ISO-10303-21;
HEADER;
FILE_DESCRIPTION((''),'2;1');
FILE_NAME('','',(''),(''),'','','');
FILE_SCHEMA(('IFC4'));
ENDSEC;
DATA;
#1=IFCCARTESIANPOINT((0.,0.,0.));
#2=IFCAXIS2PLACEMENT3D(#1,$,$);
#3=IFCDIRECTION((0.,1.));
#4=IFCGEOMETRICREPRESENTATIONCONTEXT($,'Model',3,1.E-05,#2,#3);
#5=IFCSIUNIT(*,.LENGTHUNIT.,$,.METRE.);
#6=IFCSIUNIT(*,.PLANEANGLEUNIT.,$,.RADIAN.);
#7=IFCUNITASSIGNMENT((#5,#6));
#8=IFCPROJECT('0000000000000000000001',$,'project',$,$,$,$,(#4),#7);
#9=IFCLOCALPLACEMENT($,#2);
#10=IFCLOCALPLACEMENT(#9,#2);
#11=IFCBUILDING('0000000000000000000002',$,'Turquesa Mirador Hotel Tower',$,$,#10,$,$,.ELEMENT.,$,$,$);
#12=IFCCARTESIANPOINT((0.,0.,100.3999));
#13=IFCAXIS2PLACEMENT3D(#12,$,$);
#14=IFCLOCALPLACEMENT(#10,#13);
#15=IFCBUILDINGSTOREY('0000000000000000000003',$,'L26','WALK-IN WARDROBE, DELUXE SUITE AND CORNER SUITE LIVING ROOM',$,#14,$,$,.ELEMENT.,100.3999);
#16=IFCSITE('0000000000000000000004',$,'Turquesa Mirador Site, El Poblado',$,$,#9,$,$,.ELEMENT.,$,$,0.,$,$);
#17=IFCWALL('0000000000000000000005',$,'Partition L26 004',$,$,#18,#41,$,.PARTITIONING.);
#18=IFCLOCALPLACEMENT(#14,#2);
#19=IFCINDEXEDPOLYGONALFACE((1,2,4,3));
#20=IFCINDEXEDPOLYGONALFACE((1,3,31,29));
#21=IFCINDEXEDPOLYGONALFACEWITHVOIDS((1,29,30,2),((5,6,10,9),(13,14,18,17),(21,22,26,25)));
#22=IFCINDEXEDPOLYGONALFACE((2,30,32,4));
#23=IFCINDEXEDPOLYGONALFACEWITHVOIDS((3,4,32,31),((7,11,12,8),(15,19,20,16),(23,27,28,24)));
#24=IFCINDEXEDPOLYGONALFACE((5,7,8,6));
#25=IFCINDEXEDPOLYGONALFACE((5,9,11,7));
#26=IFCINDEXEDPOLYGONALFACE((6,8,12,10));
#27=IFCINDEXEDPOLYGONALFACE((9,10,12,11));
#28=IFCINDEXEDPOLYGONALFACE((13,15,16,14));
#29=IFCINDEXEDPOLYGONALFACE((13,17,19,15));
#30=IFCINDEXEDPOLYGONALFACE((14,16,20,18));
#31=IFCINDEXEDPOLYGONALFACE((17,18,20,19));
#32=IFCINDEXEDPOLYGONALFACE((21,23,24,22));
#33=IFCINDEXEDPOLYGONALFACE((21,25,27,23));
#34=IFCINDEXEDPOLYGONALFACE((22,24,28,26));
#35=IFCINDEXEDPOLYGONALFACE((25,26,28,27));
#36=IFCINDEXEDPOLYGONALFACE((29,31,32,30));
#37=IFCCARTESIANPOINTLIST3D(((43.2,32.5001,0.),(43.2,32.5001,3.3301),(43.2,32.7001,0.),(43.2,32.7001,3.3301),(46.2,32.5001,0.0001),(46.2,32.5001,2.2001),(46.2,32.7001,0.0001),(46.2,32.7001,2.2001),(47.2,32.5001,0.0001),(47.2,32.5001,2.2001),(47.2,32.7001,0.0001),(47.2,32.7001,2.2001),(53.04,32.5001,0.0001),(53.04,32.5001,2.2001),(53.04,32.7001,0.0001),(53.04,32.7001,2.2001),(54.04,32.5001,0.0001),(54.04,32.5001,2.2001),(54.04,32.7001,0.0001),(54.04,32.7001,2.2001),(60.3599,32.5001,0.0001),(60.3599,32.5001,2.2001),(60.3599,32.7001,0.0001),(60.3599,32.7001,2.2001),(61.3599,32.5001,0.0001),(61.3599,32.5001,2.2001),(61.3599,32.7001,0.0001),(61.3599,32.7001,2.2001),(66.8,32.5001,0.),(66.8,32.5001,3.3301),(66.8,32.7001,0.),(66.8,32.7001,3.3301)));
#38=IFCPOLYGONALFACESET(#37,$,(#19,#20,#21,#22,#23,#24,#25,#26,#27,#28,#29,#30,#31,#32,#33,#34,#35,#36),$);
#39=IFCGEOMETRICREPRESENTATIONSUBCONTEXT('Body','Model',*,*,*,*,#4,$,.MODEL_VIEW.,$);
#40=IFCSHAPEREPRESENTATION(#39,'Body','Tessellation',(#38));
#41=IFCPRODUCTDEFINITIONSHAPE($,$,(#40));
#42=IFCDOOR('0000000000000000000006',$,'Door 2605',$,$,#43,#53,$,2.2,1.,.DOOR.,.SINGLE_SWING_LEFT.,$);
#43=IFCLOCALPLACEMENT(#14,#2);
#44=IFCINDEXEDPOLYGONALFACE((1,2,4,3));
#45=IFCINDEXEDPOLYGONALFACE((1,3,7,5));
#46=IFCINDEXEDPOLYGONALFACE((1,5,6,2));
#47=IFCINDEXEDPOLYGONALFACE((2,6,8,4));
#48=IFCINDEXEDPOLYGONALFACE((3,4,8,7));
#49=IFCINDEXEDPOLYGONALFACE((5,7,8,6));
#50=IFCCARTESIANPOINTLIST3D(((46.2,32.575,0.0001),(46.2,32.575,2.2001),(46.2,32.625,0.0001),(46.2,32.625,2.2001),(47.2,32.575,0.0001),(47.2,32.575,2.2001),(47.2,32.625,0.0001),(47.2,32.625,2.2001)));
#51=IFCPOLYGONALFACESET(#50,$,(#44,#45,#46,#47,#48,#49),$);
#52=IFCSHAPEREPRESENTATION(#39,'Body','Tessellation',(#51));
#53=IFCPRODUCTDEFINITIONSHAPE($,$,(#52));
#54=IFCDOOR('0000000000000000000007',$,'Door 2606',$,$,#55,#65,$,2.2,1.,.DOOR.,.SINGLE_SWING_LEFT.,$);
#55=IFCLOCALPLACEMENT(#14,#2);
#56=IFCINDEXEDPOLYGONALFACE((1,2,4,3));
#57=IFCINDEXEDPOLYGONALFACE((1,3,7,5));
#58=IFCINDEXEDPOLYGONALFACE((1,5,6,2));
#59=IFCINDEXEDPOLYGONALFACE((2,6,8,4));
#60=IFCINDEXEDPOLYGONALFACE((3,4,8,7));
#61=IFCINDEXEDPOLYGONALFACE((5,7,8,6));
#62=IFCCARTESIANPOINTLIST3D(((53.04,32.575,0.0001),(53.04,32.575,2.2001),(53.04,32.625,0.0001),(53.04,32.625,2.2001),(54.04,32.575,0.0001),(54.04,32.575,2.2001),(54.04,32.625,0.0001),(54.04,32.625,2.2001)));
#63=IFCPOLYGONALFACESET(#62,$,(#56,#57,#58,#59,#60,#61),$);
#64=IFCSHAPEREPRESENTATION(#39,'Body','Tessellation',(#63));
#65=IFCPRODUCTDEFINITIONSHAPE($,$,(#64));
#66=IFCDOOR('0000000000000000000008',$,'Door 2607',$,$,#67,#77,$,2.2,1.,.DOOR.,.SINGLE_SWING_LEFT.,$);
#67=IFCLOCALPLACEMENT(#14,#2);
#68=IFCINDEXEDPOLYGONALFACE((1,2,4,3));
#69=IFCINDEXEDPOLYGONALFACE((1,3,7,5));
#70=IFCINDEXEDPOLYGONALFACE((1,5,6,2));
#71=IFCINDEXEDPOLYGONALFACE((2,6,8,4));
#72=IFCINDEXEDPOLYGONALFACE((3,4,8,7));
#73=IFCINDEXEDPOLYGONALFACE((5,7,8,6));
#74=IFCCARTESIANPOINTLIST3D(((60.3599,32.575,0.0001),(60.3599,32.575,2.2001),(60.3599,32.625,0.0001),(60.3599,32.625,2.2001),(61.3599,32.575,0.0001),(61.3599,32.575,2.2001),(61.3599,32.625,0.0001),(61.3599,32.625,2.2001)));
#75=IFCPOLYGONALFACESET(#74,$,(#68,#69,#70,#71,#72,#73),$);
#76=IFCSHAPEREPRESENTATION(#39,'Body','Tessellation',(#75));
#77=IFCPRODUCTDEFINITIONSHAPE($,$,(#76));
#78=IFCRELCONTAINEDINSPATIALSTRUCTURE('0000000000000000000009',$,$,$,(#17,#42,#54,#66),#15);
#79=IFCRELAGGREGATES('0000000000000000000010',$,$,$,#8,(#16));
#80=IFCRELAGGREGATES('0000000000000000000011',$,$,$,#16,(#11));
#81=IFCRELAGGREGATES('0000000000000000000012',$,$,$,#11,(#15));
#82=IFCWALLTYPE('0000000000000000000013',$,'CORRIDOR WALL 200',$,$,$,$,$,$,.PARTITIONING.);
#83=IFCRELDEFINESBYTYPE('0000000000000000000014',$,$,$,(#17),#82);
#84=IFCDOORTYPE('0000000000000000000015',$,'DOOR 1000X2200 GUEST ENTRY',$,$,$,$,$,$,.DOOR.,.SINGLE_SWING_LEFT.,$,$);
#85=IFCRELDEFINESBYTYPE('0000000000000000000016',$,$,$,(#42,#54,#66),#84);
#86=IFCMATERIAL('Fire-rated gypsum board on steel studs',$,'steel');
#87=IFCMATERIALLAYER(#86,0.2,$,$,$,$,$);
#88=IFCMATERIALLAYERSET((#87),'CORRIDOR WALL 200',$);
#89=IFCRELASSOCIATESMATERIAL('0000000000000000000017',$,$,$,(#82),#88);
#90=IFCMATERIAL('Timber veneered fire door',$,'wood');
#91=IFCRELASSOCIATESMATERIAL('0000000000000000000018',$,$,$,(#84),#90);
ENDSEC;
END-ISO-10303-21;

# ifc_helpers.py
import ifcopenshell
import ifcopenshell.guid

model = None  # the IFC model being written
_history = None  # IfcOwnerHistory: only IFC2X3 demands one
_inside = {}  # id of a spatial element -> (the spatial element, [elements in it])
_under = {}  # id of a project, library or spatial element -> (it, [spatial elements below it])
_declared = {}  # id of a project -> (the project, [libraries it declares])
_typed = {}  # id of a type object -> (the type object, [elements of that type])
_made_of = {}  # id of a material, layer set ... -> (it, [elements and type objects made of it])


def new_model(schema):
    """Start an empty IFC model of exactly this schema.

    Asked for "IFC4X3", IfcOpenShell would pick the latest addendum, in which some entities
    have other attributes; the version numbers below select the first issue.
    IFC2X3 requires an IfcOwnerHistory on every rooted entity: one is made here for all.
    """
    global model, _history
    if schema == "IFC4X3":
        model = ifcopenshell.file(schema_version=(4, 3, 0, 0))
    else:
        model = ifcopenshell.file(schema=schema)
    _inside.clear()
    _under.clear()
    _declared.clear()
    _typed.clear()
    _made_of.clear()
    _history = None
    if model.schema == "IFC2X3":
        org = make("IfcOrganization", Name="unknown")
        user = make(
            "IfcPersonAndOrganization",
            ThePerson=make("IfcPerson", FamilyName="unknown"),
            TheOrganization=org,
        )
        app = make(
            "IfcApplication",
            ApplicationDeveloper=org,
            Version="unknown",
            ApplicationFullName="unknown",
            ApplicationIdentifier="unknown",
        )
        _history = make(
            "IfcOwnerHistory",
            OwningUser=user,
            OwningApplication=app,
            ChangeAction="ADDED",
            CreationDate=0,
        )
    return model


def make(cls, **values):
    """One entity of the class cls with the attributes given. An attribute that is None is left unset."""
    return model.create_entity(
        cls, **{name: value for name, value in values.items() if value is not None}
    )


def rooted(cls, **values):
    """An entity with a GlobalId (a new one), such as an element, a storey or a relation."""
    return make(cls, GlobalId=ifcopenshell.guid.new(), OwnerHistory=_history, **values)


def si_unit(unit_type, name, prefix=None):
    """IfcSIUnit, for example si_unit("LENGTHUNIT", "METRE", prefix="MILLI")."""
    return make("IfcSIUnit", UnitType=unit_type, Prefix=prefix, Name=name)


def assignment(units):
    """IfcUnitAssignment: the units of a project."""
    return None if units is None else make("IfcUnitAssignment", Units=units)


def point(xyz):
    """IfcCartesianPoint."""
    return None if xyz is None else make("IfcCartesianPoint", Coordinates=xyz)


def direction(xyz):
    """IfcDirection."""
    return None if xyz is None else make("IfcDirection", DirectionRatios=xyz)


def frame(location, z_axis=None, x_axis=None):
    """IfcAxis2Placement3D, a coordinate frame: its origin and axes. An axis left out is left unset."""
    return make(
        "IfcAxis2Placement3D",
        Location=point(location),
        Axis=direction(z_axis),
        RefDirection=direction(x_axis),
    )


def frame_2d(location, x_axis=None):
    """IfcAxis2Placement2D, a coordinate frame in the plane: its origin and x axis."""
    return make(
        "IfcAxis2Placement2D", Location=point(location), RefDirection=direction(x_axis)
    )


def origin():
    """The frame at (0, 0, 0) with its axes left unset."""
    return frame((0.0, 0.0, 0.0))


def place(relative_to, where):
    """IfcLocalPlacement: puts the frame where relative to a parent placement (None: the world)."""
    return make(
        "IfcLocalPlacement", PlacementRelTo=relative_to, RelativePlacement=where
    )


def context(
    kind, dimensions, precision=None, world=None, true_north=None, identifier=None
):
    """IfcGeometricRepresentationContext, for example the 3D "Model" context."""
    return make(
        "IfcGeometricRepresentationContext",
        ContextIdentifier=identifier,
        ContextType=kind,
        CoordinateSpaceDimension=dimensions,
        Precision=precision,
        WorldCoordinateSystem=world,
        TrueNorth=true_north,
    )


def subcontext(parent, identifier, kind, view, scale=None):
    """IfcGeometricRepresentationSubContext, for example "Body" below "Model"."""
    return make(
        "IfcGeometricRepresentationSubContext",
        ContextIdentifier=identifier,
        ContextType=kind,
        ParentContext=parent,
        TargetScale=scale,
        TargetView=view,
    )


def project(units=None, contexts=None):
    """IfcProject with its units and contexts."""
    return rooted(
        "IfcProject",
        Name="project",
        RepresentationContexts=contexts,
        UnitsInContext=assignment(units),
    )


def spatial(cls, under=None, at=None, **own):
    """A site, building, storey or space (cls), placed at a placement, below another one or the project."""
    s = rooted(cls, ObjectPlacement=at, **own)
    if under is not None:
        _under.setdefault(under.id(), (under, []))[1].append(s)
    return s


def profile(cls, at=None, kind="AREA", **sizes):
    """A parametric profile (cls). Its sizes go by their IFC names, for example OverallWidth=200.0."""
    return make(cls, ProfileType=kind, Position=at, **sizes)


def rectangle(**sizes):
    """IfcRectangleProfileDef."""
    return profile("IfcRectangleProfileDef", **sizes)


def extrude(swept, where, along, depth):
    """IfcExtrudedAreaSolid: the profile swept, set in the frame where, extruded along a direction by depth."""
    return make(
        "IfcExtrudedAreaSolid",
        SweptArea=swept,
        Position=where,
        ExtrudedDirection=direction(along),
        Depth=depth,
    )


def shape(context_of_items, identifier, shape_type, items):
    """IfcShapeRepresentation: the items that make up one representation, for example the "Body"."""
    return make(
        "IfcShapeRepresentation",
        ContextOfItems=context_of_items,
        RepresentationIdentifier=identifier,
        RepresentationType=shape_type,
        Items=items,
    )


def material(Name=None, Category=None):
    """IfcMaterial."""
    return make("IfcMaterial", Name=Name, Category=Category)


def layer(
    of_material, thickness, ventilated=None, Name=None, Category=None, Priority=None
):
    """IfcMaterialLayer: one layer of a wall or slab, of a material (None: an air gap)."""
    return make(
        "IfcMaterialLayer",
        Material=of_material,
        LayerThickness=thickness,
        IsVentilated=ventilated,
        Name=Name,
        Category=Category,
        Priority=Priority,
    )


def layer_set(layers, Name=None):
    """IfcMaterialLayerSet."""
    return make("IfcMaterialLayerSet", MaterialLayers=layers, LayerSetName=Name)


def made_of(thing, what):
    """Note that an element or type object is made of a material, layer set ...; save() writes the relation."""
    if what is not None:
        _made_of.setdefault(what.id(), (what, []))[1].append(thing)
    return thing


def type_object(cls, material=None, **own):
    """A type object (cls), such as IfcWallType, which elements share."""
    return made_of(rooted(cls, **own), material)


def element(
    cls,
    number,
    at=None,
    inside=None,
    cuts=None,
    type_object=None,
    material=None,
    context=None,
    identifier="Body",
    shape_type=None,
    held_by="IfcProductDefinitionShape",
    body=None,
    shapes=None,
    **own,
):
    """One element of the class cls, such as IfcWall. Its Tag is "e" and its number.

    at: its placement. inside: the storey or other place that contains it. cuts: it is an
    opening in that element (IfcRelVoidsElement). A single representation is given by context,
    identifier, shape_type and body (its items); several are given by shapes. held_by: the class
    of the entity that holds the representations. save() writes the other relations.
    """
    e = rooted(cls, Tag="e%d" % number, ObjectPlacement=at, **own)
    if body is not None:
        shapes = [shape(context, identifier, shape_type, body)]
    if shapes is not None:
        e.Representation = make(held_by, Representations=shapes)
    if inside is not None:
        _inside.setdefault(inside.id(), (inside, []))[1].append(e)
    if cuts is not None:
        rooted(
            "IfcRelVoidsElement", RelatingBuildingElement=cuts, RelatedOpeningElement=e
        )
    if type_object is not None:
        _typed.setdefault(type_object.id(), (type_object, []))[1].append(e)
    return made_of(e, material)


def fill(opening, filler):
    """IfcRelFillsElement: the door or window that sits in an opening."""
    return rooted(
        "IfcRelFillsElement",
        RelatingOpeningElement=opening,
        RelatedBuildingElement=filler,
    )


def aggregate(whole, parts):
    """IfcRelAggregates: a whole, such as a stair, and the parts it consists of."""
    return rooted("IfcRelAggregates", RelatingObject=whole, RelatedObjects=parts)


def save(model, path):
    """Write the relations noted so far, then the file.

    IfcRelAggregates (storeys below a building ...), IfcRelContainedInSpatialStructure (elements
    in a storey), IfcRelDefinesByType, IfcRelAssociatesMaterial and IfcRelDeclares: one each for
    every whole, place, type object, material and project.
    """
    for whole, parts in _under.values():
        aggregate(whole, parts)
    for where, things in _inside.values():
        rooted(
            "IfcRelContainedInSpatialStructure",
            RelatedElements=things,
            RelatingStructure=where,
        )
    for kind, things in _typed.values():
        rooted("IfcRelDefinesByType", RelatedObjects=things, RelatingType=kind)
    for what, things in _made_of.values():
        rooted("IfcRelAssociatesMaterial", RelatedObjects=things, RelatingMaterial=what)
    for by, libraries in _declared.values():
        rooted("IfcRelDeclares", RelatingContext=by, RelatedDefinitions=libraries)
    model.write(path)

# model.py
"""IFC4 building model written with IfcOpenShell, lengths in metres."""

from ifc_helpers import new_model, si_unit, direction, frame, frame_2d, origin, place, context, subcontext, project, spatial, rectangle, extrude, material, layer, layer_set, type_object, element, fill, save


model = new_model("IFC4")

# Units and contexts
model_context = context("Model", 3, precision=1e-05, world=origin(), true_north=direction((0.0, 1.0)))
body_context = subcontext(model_context, "Body", "Model", "MODEL_VIEW")
ifc_project = project(units=[si_unit("LENGTHUNIT", "METRE"), si_unit("PLANEANGLEUNIT", "RADIAN")], contexts=[model_context])

# Site, building, storey
site_placement = place(None, origin())
site = spatial("IfcSite", under=ifc_project, at=site_placement, Name="Turquesa Mirador Site, El Poblado", CompositionType="ELEMENT", RefElevation=0.0)
building_placement = place(site_placement, origin())
building = spatial("IfcBuilding", under=site, at=building_placement, Name="Turquesa Mirador Hotel Tower", CompositionType="ELEMENT")
storey_placement = place(building_placement, frame((0.0, 0.0, 100.3999)))
storey = spatial("IfcBuildingStorey", under=building, at=storey_placement, Name="L26", Description="WALK-IN WARDROBE, DELUXE SUITE AND CORNER SUITE LIVING ROOM", CompositionType="ELEMENT", Elevation=100.3999)

# Wall, openings, doors
ifc_material_1 = material(Name="Fire-rated gypsum board on steel studs", Category="steel")
ifc_layer_1 = layer(ifc_material_1, 0.2)
ifc_layer_set_1 = layer_set([ifc_layer_1], Name="CORRIDOR WALL 200")
wall_type_1 = type_object("IfcWallType", Name="CORRIDOR WALL 200", PredefinedType="PARTITIONING", material=ifc_layer_set_1)
wall_1_placement = place(storey_placement, frame((43.2, 32.6001, 0.0), z_axis=(0.0, 0.0, 1.0), x_axis=(1.0, 0.0, 0.0)))
wall_1 = element("IfcWall", 1, at=wall_1_placement, inside=storey, type_object=wall_type_1, Name="Partition L26 004", PredefinedType="PARTITIONING", context=body_context, shape_type="SweptSolid", body=[
    extrude(rectangle(XDim=23.6001, YDim=0.2, at=frame_2d((11.8, 0.0))), origin(), (0.0, 0.0, 1.0), 3.3301),
])
opening_1_placement = place(wall_1_placement, frame((3.0, 0.0, 0.0)))
opening_1 = element("IfcOpeningElement", 2, at=opening_1_placement, cuts=wall_1, PredefinedType="OPENING", context=body_context, shape_type="SweptSolid", body=[
    extrude(rectangle(XDim=1.0, YDim=2.2, at=frame_2d((0.5, 1.1001))), frame((0.0, 0.1099, 0.0), z_axis=(0.0, -1.0, 0.0), x_axis=(1.0, 0.0, 0.0)), (0.0, 0.0, 1.0), 0.22),
])
opening_2_placement = place(wall_1_placement, frame((9.8401, 0.0, 0.0)))
opening_2 = element("IfcOpeningElement", 3, at=opening_2_placement, cuts=wall_1, PredefinedType="OPENING", context=body_context, shape_type="SweptSolid", body=[
    extrude(rectangle(XDim=1.0, YDim=2.2, at=frame_2d((0.5, 1.1001))), frame((0.0, 0.1099, 0.0), z_axis=(0.0, -1.0, 0.0), x_axis=(1.0, 0.0, 0.0)), (0.0, 0.0, 1.0), 0.22),
])
opening_3_placement = place(wall_1_placement, frame((17.1599, 0.0, 0.0)))
opening_3 = element("IfcOpeningElement", 4, at=opening_3_placement, cuts=wall_1, PredefinedType="OPENING", context=body_context, shape_type="SweptSolid", body=[
    extrude(rectangle(XDim=1.0, YDim=2.2, at=frame_2d((0.5, 1.1001))), frame((0.0, 0.1099, 0.0), z_axis=(0.0, -1.0, 0.0), x_axis=(1.0, 0.0, 0.0)), (0.0, 0.0, 1.0), 0.22),
])
ifc_material_2 = material(Name="Timber veneered fire door", Category="wood")
door_type_1 = type_object("IfcDoorType", Name="DOOR 1000X2200 GUEST ENTRY", OperationType="SINGLE_SWING_LEFT", PredefinedType="DOOR", material=ifc_material_2)
door_1_placement = place(opening_1_placement, origin())
door_1 = element("IfcDoor", 5, at=door_1_placement, inside=storey, type_object=door_type_1, Name="Door 2605", OperationType="SINGLE_SWING_LEFT", OverallHeight=2.2, OverallWidth=1.0, PredefinedType="DOOR", context=body_context, shape_type="SweptSolid", body=[
    extrude(rectangle(XDim=1.0, YDim=2.2, at=frame_2d((0.5, 1.1001))), frame((0.0, 0.0249, 0.0), z_axis=(0.0, -1.0, 0.0), x_axis=(1.0, 0.0, 0.0)), (0.0, 0.0, 1.0), 0.05),
])
fill(opening_1, door_1)
door_2_placement = place(opening_2_placement, origin())
door_2 = element("IfcDoor", 6, at=door_2_placement, inside=storey, type_object=door_type_1, Name="Door 2606", OperationType="SINGLE_SWING_LEFT", OverallHeight=2.2, OverallWidth=1.0, PredefinedType="DOOR", context=body_context, shape_type="SweptSolid", body=[
    extrude(rectangle(XDim=1.0, YDim=2.2, at=frame_2d((0.5, 1.1001))), frame((0.0, 0.0249, 0.0), z_axis=(0.0, -1.0, 0.0), x_axis=(1.0, 0.0, 0.0)), (0.0, 0.0, 1.0), 0.05),
])
fill(opening_2, door_2)
door_3_placement = place(opening_3_placement, origin())
door_3 = element("IfcDoor", 7, at=door_3_placement, inside=storey, type_object=door_type_1, Name="Door 2607", OperationType="SINGLE_SWING_LEFT", OverallHeight=2.2, OverallWidth=1.0, PredefinedType="DOOR", context=body_context, shape_type="SweptSolid", body=[
    extrude(rectangle(XDim=1.0, YDim=2.2, at=frame_2d((0.5, 1.1001))), frame((0.0, 0.0249, 0.0), z_axis=(0.0, -1.0, 0.0), x_axis=(1.0, 0.0, 0.0)), (0.0, 0.0, 1.0), 0.05),
])
fill(opening_3, door_3)

save(model, "model.ifc")
